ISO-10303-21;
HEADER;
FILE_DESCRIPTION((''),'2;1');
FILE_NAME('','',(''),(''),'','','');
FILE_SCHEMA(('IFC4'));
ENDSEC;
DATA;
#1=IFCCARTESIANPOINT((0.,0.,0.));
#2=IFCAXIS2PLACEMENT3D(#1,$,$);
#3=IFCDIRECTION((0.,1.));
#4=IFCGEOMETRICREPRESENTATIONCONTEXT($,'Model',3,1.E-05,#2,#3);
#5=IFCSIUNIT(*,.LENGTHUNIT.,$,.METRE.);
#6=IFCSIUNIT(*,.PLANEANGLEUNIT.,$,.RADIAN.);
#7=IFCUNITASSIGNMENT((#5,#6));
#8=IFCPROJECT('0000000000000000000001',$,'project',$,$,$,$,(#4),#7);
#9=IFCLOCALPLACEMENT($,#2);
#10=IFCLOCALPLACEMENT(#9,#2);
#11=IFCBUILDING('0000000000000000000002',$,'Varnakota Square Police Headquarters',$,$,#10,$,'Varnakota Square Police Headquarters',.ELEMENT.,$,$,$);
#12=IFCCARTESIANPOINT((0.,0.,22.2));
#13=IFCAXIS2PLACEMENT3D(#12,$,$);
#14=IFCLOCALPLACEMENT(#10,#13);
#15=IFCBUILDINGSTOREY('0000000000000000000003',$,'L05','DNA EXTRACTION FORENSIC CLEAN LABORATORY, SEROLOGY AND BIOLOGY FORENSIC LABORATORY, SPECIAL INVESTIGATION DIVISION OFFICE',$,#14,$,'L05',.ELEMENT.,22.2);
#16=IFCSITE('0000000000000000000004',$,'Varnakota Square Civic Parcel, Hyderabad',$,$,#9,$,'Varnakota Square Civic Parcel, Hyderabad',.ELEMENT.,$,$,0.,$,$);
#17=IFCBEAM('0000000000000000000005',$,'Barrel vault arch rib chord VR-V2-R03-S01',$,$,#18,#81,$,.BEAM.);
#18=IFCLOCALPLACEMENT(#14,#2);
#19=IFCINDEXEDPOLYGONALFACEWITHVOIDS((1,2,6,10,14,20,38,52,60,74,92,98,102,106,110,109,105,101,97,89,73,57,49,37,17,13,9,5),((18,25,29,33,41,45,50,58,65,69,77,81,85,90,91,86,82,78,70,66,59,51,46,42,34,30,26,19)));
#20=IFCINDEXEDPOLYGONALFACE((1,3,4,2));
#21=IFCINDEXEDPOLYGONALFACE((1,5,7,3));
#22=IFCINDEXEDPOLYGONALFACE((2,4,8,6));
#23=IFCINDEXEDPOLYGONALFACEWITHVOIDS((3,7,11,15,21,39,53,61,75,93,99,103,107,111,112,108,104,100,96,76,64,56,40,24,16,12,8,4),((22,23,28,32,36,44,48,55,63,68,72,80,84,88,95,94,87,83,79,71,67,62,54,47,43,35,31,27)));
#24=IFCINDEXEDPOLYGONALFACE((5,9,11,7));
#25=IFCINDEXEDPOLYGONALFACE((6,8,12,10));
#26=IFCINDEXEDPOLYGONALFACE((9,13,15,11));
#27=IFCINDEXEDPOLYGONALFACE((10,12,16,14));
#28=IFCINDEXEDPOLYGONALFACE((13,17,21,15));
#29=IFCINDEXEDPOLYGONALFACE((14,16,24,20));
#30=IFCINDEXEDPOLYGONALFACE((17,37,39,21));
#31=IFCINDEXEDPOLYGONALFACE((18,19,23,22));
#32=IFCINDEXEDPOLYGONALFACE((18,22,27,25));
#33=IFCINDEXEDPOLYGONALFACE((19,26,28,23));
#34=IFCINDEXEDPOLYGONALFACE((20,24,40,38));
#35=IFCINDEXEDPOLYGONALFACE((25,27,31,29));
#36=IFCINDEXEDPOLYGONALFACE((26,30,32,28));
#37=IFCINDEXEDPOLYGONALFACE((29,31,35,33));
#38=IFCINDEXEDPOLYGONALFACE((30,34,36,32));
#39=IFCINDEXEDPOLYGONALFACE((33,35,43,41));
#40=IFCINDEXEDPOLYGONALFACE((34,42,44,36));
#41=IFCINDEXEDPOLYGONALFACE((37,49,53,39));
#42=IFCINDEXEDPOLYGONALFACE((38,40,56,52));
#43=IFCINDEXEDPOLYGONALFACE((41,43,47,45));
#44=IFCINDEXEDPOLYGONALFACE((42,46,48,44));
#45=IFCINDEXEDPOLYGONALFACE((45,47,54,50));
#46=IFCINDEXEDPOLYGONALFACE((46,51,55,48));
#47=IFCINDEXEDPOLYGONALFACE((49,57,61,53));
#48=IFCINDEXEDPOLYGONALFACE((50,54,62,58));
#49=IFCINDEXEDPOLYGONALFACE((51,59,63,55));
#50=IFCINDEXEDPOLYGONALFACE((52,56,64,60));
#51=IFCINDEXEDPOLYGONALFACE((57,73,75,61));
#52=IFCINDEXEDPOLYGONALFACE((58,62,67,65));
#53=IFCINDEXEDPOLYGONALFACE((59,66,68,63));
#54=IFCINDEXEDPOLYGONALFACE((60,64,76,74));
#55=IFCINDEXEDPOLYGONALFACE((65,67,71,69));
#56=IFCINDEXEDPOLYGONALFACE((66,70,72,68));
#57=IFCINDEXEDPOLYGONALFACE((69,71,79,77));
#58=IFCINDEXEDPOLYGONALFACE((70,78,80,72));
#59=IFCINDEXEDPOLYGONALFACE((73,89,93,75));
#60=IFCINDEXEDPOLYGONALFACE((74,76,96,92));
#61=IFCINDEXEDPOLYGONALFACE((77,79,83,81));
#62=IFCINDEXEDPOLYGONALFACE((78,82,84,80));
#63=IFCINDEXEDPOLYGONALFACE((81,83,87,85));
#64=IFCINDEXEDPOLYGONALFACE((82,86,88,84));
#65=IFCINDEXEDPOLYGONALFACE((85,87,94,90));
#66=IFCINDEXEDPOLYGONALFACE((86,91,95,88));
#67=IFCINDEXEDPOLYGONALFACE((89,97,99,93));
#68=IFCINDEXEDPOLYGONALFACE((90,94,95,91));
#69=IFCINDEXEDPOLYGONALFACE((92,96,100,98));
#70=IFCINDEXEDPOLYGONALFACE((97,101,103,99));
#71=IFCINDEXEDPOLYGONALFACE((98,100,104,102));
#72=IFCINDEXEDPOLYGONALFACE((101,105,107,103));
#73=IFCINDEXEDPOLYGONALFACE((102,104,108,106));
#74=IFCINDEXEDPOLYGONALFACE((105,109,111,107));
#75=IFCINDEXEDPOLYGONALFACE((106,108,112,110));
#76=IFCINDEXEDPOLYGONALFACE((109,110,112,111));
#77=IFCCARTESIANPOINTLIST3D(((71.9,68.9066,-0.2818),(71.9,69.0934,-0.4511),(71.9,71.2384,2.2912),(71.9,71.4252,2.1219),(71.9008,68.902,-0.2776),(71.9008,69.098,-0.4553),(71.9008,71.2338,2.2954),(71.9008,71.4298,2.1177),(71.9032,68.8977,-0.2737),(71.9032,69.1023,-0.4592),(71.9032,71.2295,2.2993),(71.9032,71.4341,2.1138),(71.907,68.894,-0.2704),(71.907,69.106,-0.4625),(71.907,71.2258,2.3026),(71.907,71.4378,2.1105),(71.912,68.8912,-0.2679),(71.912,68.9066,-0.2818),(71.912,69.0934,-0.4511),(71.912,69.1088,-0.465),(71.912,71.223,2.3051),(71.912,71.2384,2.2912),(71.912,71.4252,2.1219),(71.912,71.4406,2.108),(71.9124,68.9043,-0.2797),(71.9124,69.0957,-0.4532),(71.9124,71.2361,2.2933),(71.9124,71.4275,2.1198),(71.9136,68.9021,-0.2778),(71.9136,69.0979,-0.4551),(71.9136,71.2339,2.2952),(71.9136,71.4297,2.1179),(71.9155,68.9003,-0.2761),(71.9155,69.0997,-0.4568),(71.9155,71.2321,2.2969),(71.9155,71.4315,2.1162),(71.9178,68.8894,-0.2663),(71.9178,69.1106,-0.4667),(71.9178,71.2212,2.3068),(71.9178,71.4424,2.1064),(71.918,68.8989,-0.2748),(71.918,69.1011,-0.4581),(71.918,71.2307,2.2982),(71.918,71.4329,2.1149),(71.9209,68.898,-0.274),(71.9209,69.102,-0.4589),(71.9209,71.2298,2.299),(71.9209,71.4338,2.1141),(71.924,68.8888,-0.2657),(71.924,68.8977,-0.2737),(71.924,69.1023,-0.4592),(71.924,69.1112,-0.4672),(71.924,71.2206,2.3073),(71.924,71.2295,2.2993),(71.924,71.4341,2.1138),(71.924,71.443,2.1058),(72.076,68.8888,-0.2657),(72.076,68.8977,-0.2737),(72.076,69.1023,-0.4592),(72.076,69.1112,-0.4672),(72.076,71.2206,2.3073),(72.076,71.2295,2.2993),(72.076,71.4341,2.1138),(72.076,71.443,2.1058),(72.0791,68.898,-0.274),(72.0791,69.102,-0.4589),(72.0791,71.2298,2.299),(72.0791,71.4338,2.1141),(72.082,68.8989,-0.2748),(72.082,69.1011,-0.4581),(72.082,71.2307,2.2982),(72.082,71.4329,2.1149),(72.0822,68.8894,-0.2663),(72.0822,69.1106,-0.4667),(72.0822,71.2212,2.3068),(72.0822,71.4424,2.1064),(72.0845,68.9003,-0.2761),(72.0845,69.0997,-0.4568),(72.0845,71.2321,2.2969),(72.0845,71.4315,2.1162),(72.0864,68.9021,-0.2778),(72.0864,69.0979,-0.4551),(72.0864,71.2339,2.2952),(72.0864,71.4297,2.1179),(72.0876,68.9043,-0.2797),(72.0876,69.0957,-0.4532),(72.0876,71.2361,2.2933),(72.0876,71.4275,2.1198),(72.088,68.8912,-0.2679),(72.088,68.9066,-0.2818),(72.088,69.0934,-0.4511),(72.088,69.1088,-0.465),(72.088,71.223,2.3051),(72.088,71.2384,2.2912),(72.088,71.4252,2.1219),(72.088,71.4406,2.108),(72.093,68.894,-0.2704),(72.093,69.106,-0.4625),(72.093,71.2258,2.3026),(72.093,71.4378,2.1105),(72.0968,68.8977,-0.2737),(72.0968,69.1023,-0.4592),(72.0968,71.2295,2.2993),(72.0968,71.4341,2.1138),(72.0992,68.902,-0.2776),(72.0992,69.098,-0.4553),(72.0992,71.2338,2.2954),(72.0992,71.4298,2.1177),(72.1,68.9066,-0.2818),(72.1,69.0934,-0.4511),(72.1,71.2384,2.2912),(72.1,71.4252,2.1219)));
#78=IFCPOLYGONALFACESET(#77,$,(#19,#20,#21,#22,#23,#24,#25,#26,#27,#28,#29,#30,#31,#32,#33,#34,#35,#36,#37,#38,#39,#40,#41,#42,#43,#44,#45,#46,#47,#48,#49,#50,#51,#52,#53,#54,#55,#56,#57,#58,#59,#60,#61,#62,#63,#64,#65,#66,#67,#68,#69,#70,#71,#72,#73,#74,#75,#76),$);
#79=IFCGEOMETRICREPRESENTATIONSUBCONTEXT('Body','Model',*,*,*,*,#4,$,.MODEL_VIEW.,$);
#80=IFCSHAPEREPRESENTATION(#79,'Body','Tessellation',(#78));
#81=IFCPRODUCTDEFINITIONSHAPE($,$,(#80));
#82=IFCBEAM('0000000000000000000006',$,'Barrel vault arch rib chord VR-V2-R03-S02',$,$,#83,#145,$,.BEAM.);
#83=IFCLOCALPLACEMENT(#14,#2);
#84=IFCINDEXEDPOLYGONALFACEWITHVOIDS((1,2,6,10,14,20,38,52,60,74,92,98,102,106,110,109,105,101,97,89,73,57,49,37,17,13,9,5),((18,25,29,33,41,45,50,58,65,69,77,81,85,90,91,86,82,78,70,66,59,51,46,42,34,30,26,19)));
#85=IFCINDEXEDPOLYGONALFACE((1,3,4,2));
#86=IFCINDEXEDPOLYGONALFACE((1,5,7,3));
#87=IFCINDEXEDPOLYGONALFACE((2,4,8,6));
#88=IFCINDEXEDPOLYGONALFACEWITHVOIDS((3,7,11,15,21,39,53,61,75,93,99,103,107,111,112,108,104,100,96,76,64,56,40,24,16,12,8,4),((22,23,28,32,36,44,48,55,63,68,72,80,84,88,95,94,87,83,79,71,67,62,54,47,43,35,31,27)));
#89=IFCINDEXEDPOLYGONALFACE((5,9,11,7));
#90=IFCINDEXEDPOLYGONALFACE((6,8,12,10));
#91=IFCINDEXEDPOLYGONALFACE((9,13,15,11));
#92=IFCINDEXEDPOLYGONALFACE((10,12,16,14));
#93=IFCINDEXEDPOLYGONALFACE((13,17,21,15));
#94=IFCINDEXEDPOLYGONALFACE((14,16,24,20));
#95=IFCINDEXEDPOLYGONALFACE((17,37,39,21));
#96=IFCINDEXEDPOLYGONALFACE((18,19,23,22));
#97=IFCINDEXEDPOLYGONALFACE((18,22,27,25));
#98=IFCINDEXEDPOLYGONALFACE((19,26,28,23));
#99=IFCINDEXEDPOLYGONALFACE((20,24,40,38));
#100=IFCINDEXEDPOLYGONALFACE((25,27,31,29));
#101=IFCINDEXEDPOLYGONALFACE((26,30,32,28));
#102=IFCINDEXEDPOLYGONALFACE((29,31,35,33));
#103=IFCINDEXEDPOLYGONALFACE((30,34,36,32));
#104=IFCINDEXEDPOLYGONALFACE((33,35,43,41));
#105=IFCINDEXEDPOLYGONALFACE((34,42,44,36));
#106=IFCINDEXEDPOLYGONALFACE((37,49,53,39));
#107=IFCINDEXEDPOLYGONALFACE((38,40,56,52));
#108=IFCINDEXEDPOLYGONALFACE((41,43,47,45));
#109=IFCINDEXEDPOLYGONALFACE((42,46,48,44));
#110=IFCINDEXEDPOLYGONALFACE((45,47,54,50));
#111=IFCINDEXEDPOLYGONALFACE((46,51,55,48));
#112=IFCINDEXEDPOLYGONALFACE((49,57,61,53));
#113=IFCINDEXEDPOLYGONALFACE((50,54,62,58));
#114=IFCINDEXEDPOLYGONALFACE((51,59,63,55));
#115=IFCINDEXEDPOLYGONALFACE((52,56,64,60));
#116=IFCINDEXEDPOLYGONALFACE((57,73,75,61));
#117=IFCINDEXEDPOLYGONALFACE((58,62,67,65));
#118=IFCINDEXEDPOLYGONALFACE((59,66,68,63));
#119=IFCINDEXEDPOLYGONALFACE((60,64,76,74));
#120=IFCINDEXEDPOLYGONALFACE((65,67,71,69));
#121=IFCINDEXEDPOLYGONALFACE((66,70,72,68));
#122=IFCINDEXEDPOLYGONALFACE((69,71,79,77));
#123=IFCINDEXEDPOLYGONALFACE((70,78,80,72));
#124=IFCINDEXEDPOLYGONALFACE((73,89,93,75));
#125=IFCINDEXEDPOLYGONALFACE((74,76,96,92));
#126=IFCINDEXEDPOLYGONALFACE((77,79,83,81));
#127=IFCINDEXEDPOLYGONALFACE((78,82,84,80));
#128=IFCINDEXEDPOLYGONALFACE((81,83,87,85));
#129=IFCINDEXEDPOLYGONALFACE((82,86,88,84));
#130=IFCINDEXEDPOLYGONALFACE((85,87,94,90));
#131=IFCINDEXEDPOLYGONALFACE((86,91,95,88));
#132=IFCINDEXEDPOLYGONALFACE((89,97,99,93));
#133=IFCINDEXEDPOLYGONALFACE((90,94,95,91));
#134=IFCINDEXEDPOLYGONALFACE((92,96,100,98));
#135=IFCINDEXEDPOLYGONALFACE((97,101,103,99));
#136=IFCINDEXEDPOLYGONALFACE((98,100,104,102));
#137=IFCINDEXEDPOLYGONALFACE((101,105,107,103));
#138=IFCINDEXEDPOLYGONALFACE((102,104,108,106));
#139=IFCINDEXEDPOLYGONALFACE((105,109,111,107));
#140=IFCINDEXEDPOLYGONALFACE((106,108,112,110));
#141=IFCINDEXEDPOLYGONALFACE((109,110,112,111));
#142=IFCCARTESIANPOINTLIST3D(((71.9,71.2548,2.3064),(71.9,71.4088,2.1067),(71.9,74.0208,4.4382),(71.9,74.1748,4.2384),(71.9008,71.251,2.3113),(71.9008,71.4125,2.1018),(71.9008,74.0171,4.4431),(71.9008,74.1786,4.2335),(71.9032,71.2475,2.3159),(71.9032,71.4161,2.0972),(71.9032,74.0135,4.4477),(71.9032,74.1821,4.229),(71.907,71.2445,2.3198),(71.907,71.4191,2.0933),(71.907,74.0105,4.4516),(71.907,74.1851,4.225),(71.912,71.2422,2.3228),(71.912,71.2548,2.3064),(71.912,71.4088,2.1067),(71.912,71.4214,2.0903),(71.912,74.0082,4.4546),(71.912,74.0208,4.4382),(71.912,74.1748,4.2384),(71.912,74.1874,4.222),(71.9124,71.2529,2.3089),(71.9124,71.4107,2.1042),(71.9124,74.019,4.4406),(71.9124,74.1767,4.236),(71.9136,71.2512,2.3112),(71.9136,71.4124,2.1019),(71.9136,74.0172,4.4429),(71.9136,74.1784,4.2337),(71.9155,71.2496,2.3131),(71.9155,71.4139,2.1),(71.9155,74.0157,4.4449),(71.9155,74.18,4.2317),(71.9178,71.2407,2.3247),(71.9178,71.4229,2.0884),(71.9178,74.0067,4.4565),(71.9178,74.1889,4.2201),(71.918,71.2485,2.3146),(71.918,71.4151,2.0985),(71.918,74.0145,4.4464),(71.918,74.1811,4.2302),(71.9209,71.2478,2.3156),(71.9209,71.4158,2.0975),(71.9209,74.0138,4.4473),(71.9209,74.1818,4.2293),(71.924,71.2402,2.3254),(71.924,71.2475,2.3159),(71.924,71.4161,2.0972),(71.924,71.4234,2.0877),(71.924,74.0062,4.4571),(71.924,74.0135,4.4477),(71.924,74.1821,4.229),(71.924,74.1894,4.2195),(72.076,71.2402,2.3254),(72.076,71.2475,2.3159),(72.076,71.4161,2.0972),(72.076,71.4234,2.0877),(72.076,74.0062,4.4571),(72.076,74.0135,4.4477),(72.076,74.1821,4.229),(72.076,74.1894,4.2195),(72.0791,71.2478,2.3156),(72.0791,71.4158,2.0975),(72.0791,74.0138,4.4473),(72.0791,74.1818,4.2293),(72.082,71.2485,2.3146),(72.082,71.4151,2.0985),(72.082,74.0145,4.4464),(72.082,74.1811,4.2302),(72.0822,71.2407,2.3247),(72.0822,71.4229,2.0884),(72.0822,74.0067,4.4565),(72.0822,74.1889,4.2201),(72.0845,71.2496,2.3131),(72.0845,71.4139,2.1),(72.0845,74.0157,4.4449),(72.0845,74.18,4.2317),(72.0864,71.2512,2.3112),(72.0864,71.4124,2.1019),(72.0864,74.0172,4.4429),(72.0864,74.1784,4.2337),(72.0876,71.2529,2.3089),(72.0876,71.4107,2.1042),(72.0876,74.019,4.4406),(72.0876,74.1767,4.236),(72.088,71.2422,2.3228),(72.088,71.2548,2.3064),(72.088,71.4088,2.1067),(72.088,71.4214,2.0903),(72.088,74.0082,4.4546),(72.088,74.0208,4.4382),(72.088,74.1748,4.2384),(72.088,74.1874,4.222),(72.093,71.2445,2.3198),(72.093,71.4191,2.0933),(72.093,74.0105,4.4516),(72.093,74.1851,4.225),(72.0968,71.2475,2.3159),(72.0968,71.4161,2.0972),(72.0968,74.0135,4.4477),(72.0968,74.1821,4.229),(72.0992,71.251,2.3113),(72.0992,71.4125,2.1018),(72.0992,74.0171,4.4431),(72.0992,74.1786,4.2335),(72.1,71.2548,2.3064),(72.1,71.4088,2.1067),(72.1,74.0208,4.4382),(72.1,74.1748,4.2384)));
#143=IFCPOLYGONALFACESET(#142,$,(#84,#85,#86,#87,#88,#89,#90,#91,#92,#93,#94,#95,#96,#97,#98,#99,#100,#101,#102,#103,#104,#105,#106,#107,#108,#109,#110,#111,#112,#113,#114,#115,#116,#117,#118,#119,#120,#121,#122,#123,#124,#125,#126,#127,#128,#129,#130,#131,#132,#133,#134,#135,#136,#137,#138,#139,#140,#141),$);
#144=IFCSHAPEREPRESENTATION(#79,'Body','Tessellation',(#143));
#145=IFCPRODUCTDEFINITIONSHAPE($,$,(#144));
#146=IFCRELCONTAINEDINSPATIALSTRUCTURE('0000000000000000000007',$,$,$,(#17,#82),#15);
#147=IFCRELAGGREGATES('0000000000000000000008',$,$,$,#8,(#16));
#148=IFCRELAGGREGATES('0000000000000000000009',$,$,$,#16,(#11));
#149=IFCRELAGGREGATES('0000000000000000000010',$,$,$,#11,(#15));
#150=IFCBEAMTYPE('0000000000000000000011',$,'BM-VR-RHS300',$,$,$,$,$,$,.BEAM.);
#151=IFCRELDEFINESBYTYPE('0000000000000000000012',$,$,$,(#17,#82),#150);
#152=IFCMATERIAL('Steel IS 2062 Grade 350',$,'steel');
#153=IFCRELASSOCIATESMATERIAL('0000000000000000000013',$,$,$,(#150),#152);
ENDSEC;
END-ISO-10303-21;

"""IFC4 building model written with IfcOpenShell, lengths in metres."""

from ifc_helpers import new_model, si_unit, direction, frame, origin, origin_2d, place, context, subcontext, project, spatial, hollow_rectangle, extrude, material, material_profile, profile_set, type_object, element, save


model = new_model("IFC4")

# Units and contexts
model_context = context("Model", 3, precision=1e-05, world=origin(), true_north=direction((0.0, 1.0)))
body_context = subcontext(model_context, "Body", "Model", "MODEL_VIEW")
ifc_project = project(units=[si_unit("LENGTHUNIT", "METRE"), si_unit("PLANEANGLEUNIT", "RADIAN")], contexts=[model_context])

# Site, building, storey
site_placement = place(None, origin())
site = spatial("IfcSite", under=ifc_project, at=site_placement, Name="Varnakota Square Civic Parcel, Hyderabad", LongName="Varnakota Square Civic Parcel, Hyderabad", CompositionType="ELEMENT", RefElevation=0.0)
building_placement = place(site_placement, origin())
building = spatial("IfcBuilding", under=site, at=building_placement, Name="Varnakota Square Police Headquarters", LongName="Varnakota Square Police Headquarters", CompositionType="ELEMENT")
storey_placement = place(building_placement, frame((0.0, 0.0, 22.2)))
storey = spatial("IfcBuildingStorey", under=building, at=storey_placement, Name="L05", Description="DNA EXTRACTION FORENSIC CLEAN LABORATORY, SEROLOGY AND BIOLOGY FORENSIC LABORATORY, SPECIAL INVESTIGATION DIVISION OFFICE", LongName="L05", CompositionType="ELEMENT", Elevation=22.2)

# Beams
ifc_material_1 = material(Name="Steel IS 2062 Grade 350", Category="steel")
ifc_material_profile_1 = material_profile(ifc_material_1, hollow_rectangle(XDim=0.2, YDim=0.3, WallThickness=0.012, InnerFilletRadius=0.012, OuterFilletRadius=0.0239, at=origin_2d()), Name="RHS 300x200x12")
ifc_profile_set_1 = profile_set([ifc_material_profile_1], Name="Steel IS 2062 Grade 350")
beam_type_1 = type_object("IfcBeamType", Name="BM-VR-RHS300", PredefinedType="BEAM", material=ifc_profile_set_1)
beam_1_placement = place(storey_placement, frame((72.0, 69.0, -0.3665), z_axis=(0.0, 0.671521, 0.740986), x_axis=(-1.0, 0.0, 0.0)))
element("IfcBeam", 1, at=beam_1_placement, inside=storey, type_object=beam_type_1, Name="Barrel vault arch rib chord VR-V2-R03-S01", PredefinedType="BEAM", context=body_context, shape_type="SweptSolid", body=[
    extrude(hollow_rectangle(XDim=0.2, YDim=0.3, WallThickness=0.012, InnerFilletRadius=0.012, OuterFilletRadius=0.0239, at=origin_2d()), origin(), (0.0, 0.0, 1.0), 3.4724),
])
beam_2_placement = place(storey_placement, frame((72.0, 71.3318, 2.2065), z_axis=(0.0, 0.792062, 0.61044), x_axis=(-1.0, 0.0, 0.0)))
element("IfcBeam", 2, at=beam_2_placement, inside=storey, type_object=beam_type_1, Name="Barrel vault arch rib chord VR-V2-R03-S02", PredefinedType="BEAM", context=body_context, shape_type="SweptSolid", body=[
    extrude(hollow_rectangle(XDim=0.2, YDim=0.3, WallThickness=0.012, InnerFilletRadius=0.012, OuterFilletRadius=0.0239, at=origin_2d()), origin(), (0.0, 0.0, 1.0), 3.4922),
])

save(model, "model.ifc")
